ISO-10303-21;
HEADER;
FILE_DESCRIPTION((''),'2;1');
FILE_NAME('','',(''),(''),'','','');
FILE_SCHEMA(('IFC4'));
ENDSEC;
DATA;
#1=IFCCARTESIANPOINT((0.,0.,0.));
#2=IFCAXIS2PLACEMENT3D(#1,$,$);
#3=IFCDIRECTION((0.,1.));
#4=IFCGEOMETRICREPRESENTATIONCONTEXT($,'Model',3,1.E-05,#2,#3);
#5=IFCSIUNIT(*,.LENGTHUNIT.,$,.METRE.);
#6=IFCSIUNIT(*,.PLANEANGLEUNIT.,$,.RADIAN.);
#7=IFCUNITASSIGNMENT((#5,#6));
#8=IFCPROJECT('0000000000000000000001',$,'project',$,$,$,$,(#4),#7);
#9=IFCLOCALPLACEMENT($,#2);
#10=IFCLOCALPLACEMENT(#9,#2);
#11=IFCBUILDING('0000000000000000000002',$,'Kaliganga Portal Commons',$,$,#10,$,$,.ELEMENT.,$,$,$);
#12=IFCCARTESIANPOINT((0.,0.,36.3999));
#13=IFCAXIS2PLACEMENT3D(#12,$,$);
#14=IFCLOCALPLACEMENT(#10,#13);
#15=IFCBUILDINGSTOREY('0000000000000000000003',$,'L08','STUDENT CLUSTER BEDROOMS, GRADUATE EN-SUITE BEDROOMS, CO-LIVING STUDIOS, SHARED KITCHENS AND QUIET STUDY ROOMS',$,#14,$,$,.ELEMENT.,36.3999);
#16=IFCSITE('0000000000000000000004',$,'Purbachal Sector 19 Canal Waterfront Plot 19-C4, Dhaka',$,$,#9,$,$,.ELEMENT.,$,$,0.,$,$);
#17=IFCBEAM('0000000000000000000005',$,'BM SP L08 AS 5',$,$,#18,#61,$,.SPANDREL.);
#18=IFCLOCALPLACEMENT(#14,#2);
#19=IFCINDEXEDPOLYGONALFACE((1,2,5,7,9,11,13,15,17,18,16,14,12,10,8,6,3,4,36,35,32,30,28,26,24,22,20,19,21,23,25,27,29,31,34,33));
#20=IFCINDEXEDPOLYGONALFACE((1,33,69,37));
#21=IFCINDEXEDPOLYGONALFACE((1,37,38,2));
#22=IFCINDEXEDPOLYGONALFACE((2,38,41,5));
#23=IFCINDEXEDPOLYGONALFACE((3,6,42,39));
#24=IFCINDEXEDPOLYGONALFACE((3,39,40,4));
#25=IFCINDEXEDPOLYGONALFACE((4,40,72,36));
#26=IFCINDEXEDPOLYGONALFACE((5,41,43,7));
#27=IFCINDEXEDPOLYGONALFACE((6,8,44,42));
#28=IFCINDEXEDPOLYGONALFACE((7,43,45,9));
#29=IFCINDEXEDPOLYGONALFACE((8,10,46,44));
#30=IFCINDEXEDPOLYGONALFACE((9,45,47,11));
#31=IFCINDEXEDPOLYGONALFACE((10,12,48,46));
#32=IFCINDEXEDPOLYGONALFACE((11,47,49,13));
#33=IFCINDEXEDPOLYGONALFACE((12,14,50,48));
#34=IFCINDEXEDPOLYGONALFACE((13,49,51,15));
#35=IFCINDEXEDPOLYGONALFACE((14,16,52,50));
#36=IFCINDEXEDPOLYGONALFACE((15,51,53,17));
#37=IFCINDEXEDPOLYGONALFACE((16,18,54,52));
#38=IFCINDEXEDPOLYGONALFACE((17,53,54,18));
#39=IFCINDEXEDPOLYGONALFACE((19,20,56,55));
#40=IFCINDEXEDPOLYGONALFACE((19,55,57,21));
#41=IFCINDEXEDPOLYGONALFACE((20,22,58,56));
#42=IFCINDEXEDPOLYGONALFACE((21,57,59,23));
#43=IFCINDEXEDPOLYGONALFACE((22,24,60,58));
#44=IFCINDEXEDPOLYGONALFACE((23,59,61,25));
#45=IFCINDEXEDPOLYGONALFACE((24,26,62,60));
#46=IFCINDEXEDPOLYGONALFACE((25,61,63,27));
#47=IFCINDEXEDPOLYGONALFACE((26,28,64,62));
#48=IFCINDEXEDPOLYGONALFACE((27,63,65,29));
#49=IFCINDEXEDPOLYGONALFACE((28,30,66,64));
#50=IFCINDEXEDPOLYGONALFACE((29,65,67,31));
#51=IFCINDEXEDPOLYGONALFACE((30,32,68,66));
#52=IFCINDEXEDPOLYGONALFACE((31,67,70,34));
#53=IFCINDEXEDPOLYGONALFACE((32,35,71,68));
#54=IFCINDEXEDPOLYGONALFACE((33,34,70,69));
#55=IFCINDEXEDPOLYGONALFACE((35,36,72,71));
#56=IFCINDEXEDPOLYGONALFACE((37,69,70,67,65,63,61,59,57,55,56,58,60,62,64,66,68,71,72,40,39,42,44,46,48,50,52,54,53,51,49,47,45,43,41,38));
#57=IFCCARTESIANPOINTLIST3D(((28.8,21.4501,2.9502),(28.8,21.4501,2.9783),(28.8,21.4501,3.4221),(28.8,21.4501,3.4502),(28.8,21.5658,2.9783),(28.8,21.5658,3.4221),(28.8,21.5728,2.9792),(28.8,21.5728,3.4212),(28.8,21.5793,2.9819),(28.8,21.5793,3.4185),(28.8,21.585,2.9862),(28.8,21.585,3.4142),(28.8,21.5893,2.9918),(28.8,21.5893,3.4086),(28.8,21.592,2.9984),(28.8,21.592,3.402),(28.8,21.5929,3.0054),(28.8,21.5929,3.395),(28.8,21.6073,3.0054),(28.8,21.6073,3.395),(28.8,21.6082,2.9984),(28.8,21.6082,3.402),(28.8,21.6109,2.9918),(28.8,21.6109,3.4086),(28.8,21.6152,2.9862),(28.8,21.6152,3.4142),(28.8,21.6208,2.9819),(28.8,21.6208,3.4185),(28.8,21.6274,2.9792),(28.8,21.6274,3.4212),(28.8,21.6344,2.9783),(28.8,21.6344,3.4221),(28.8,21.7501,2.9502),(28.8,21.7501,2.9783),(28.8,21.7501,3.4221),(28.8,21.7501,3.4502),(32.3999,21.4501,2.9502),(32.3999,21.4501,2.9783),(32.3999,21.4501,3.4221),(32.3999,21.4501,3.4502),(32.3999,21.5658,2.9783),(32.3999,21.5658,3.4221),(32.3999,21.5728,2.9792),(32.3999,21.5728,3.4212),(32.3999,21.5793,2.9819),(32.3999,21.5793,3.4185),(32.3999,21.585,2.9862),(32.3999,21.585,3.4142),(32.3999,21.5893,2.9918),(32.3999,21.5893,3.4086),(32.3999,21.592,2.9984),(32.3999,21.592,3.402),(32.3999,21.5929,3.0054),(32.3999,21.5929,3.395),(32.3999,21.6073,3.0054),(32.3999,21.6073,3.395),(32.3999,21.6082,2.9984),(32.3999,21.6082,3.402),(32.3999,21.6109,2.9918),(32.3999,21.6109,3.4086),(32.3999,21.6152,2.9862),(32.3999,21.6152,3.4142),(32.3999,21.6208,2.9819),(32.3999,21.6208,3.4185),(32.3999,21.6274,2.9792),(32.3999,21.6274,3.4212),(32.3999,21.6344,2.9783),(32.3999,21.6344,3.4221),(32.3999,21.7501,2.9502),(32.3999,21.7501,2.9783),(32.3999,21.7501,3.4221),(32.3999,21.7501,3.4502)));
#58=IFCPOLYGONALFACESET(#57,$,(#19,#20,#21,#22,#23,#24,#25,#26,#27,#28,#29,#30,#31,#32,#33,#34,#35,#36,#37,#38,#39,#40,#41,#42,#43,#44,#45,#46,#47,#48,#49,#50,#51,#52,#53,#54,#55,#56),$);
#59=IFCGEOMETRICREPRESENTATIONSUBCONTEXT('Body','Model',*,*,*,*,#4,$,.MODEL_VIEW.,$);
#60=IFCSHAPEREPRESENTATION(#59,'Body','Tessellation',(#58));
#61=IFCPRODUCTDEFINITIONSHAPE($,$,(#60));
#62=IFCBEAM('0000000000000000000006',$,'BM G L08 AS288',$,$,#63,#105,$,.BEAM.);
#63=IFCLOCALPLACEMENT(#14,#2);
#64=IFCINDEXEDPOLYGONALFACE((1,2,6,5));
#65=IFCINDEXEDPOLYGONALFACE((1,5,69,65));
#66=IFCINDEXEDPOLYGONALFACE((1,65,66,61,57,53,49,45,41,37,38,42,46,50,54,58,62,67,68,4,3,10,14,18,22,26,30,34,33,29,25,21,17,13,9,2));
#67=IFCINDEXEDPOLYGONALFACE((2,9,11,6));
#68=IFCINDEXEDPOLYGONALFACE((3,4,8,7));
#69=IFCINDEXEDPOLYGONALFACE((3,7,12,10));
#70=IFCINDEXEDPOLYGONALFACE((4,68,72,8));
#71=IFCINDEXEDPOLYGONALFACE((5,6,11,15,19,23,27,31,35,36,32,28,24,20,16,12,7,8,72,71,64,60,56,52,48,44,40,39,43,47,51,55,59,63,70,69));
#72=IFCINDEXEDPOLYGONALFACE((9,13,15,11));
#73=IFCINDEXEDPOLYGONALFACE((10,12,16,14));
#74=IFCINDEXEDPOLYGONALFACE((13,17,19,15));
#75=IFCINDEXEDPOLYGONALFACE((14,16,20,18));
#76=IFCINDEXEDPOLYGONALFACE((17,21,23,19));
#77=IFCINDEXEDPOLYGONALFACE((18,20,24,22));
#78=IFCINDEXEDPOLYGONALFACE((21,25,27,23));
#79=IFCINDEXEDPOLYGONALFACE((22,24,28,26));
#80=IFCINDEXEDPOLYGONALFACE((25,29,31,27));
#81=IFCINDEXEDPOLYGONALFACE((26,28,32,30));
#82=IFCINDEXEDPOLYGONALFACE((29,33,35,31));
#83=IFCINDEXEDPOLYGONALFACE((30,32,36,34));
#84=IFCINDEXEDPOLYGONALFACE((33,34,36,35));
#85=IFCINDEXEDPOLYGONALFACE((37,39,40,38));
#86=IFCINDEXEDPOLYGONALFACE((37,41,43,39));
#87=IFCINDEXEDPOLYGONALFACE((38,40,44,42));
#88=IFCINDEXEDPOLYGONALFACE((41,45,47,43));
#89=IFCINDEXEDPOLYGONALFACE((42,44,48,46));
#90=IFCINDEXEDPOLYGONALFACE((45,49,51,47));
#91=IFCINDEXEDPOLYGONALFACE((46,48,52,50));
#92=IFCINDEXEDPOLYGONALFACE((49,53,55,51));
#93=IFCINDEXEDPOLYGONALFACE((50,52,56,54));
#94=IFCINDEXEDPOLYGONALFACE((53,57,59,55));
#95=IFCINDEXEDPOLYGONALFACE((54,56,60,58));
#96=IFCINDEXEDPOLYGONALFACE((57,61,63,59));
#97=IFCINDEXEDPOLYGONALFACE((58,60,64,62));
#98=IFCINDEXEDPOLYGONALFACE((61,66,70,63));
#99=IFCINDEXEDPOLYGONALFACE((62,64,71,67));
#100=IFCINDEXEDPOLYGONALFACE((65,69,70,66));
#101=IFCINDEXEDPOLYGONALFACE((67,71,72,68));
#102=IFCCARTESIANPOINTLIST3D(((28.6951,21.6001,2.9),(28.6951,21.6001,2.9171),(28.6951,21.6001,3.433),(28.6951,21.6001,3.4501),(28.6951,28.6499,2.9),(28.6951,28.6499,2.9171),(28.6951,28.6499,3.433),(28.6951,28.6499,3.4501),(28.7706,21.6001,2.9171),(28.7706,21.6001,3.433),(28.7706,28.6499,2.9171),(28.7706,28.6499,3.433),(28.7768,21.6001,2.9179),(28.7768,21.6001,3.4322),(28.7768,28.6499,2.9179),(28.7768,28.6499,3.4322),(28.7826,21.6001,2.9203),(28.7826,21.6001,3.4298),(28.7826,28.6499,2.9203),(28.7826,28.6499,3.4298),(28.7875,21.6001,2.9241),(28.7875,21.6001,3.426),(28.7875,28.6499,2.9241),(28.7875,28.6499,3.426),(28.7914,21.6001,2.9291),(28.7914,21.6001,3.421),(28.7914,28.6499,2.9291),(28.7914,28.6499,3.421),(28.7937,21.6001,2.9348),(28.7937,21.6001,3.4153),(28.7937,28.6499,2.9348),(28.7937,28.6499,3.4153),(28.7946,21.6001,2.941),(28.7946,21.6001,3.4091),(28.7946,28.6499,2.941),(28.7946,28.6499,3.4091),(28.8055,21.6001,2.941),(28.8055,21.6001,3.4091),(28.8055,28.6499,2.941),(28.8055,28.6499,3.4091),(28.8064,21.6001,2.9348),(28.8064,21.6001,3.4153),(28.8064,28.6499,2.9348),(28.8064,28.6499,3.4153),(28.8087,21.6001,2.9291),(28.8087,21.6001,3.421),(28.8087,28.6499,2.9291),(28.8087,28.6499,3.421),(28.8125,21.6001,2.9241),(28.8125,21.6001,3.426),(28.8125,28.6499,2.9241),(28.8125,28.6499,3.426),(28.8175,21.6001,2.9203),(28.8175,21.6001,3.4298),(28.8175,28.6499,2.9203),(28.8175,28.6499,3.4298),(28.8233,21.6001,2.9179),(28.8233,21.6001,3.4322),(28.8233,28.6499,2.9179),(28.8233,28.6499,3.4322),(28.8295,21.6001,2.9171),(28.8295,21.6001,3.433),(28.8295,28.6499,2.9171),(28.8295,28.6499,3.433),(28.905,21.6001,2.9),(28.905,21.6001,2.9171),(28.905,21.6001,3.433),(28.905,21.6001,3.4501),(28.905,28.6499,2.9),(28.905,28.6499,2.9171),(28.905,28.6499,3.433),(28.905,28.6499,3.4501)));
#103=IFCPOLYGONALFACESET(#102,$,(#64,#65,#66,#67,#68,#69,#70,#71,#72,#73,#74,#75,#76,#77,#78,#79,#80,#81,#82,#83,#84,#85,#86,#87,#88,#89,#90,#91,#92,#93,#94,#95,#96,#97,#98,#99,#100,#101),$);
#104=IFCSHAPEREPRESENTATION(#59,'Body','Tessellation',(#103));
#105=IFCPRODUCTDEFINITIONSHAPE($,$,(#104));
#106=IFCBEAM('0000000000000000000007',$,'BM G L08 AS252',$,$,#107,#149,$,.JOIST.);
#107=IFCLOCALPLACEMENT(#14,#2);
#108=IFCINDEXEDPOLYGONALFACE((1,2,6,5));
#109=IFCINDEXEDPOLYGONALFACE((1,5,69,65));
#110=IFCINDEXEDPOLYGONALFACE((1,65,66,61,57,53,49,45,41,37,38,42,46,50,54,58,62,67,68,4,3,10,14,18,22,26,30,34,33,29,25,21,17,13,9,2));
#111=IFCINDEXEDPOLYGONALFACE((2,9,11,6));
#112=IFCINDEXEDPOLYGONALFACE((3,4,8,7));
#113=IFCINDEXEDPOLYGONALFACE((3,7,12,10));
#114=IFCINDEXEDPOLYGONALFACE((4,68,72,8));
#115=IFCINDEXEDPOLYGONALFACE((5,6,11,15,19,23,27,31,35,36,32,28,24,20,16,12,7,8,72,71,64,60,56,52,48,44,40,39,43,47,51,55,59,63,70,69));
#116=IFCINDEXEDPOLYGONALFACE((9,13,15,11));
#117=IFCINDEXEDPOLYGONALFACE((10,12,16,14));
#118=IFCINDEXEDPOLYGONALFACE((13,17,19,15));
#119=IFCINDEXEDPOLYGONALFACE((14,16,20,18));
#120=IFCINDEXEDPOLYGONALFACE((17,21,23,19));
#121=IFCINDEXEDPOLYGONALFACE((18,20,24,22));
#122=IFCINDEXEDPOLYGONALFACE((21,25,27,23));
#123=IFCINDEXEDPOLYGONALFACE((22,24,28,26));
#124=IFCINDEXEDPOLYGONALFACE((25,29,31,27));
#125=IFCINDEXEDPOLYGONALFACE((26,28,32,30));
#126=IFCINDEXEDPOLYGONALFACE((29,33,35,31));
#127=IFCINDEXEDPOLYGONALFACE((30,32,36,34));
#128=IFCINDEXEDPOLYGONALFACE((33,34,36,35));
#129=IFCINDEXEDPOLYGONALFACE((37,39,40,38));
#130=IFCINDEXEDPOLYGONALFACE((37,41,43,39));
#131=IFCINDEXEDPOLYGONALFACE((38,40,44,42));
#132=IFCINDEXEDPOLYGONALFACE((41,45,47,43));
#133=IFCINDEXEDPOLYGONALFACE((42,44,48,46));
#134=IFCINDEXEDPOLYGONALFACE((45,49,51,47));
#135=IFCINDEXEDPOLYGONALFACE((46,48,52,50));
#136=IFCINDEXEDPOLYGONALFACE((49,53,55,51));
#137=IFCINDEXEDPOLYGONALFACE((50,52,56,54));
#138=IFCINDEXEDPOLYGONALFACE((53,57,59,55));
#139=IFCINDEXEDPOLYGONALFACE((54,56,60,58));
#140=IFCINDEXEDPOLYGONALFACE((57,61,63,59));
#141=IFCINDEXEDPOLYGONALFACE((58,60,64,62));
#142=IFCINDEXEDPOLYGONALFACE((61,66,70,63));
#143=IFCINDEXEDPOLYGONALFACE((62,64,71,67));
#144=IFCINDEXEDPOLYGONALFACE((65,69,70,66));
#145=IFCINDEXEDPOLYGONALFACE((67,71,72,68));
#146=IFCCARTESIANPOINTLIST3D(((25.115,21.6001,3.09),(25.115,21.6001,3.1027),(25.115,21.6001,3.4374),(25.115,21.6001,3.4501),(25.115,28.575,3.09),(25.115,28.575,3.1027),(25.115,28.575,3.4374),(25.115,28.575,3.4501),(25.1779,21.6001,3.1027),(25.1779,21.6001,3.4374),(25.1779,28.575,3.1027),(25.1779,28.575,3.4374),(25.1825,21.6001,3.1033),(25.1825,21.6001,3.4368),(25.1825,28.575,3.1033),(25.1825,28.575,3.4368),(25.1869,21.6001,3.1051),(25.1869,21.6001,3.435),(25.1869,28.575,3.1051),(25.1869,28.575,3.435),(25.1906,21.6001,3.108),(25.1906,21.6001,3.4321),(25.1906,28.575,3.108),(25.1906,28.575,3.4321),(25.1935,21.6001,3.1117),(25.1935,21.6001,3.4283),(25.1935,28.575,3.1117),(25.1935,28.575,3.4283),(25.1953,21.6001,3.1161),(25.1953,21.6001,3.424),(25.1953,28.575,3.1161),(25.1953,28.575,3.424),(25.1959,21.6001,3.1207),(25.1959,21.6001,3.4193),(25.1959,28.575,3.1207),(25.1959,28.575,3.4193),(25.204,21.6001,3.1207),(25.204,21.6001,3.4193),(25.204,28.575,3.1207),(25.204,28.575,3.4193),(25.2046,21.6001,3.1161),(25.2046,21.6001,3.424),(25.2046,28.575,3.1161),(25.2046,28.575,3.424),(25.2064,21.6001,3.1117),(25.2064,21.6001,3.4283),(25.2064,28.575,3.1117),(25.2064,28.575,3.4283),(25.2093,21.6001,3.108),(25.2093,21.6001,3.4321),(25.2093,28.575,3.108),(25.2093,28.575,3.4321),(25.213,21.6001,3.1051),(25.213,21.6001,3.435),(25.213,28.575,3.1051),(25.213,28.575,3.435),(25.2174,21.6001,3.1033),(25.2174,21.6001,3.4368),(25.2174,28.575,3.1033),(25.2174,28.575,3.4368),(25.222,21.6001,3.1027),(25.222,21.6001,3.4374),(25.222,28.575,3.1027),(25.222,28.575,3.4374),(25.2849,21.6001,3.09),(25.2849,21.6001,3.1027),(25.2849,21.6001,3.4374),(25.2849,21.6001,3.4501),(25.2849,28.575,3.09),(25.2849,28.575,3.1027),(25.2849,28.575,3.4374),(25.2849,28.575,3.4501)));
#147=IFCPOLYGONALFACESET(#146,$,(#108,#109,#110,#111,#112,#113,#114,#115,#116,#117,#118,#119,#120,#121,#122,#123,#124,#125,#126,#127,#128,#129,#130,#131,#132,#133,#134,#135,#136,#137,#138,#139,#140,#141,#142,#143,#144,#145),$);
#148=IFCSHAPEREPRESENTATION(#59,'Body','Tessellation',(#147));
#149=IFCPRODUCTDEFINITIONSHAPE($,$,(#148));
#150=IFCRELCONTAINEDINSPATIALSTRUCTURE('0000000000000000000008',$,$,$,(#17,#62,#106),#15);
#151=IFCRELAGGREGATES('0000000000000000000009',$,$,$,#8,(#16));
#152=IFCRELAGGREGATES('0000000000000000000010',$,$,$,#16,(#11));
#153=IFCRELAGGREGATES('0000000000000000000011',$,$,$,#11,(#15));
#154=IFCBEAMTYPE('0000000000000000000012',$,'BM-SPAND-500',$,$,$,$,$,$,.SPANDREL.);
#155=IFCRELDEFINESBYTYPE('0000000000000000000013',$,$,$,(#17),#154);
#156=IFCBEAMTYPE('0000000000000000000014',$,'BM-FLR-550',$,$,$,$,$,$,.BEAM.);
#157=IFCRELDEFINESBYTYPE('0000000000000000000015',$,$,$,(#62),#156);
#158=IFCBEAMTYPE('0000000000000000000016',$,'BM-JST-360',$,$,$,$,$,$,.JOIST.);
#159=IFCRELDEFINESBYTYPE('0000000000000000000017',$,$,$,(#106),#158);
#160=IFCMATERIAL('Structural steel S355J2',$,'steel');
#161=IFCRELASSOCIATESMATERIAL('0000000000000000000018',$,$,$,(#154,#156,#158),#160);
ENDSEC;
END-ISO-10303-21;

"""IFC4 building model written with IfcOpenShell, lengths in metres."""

from ifc_helpers import new_model, si_unit, direction, frame, origin, origin_2d, place, context, subcontext, project, spatial, i_section, extrude, source, transform, mapped, material, material_profile, profile_set, type_object, element, save


model = new_model("IFC4")

# Units and contexts
model_context = context("Model", 3, precision=1e-05, world=origin(), true_north=direction((0.0, 1.0)))
body_context = subcontext(model_context, "Body", "Model", "MODEL_VIEW")
ifc_project = project(units=[si_unit("LENGTHUNIT", "METRE"), si_unit("PLANEANGLEUNIT", "RADIAN")], contexts=[model_context])

# Site, building, storey
site_placement = place(None, origin())
site = spatial("IfcSite", under=ifc_project, at=site_placement, Name="Purbachal Sector 19 Canal Waterfront Plot 19-C4, Dhaka", CompositionType="ELEMENT", RefElevation=0.0)
building_placement = place(site_placement, origin())
building = spatial("IfcBuilding", under=site, at=building_placement, Name="Kaliganga Portal Commons", CompositionType="ELEMENT")
storey_placement = place(building_placement, frame((0.0, 0.0, 36.3999)))
storey = spatial("IfcBuildingStorey", under=building, at=storey_placement, Name="L08", Description="STUDENT CLUSTER BEDROOMS, GRADUATE EN-SUITE BEDROOMS, CO-LIVING STUDIOS, SHARED KITCHENS AND QUIET STUDY ROOMS", CompositionType="ELEMENT", Elevation=36.3999)

# Beams
ifc_material_1 = material(Name="Structural steel S355J2", Category="steel")
ifc_material_profile_1 = material_profile(ifc_material_1, i_section(OverallWidth=0.3, OverallDepth=0.5, WebThickness=0.0144, FlangeThickness=0.0281, FilletRadius=0.0271, at=origin_2d()), Name="HE 500 B")
ifc_profile_set_1 = profile_set([ifc_material_profile_1], Name="Structural steel S355J2 wide-flange")
beam_type_1 = type_object("IfcBeamType", Name="BM-SPAND-500", PredefinedType="SPANDREL", material=ifc_profile_set_1)
shared_shape_1 = source(origin(), body_context, "Body", "SweptSolid", [
    extrude(i_section(OverallWidth=0.3, OverallDepth=0.5, WebThickness=0.0144, FlangeThickness=0.0281, FilletRadius=0.0271, at=origin_2d()), origin(), (0.0, 0.0, 1.0), 3.5999),
])
for number, where, z_axis, x_axis, name in (
    (1, (28.8, 21.6001, 3.2002), (1.0, 0.0, 0.0), (0.0, 1.0, 0.0), "BM SP L08 AS 5"),
):
    element("IfcBeam", number, at=place(storey_placement, frame(where, z_axis=z_axis, x_axis=x_axis)), inside=storey, type_object=beam_type_1, Name=name, PredefinedType="SPANDREL", context=body_context, shape_type="MappedRepresentation", body=[
        mapped(shared_shape_1, transform((0.0, 0.0, 0.0), x_axis=(1.0, 0.0, 0.0), y_axis=(0.0, 1.0, 0.0), z_axis=(0.0, 0.0, 1.0), scale=1.0)),
    ])
ifc_material_profile_2 = material_profile(ifc_material_1, i_section(OverallWidth=0.21, OverallDepth=0.55, WebThickness=0.011, FlangeThickness=0.0171, FilletRadius=0.0239, at=origin_2d()), Name="IPE 550")
ifc_profile_set_2 = profile_set([ifc_material_profile_2], Name="Structural steel S355J2 wide-flange")
beam_type_2 = type_object("IfcBeamType", Name="BM-FLR-550", PredefinedType="BEAM", material=ifc_profile_set_2)
shared_shape_2 = source(origin(), body_context, "Body", "SweptSolid", [
    extrude(i_section(OverallWidth=0.21, OverallDepth=0.55, WebThickness=0.011, FlangeThickness=0.0171, FilletRadius=0.0239, at=origin_2d()), origin(), (0.0, 0.0, 1.0), 7.0498),
])
beam_1_placement = place(storey_placement, frame((28.8, 21.6001, 3.175), z_axis=(0.0, 1.0, 0.0), x_axis=(-1.0, 0.0, 0.0)))
element("IfcBeam", 2, at=beam_1_placement, inside=storey, type_object=beam_type_2, Name="BM G L08 AS288", PredefinedType="BEAM", context=body_context, shape_type="MappedRepresentation", body=[
    mapped(shared_shape_2, transform((0.0, 0.0, 0.0), x_axis=(1.0, 0.0, 0.0), y_axis=(0.0, 1.0, 0.0), z_axis=(0.0, 0.0, 1.0), scale=1.0)),
])
ifc_material_profile_3 = material_profile(ifc_material_1, i_section(OverallWidth=0.1699, OverallDepth=0.3601, WebThickness=0.0081, FlangeThickness=0.0127, FilletRadius=0.0181, at=origin_2d()), Name="IPE 360")
ifc_profile_set_3 = profile_set([ifc_material_profile_3], Name="Structural steel S355J2 wide-flange")
beam_type_3 = type_object("IfcBeamType", Name="BM-JST-360", PredefinedType="JOIST", material=ifc_profile_set_3)
shared_shape_3 = source(origin(), body_context, "Body", "SweptSolid", [
    extrude(i_section(OverallWidth=0.1699, OverallDepth=0.3601, WebThickness=0.0081, FlangeThickness=0.0127, FilletRadius=0.0181, at=origin_2d()), origin(), (0.0, 0.0, 1.0), 6.9749),
])
beam_2_placement = place(storey_placement, frame((25.2, 21.6001, 3.27), z_axis=(0.0, 1.0, 0.0), x_axis=(-1.0, 0.0, 0.0)))
element("IfcBeam", 3, at=beam_2_placement, inside=storey, type_object=beam_type_3, Name="BM G L08 AS252", PredefinedType="JOIST", context=body_context, shape_type="MappedRepresentation", body=[
    mapped(shared_shape_3, transform((0.0, 0.0, 0.0), x_axis=(1.0, 0.0, 0.0), y_axis=(0.0, 1.0, 0.0), z_axis=(0.0, 0.0, 1.0), scale=1.0)),
])

save(model, "model.ifc")
